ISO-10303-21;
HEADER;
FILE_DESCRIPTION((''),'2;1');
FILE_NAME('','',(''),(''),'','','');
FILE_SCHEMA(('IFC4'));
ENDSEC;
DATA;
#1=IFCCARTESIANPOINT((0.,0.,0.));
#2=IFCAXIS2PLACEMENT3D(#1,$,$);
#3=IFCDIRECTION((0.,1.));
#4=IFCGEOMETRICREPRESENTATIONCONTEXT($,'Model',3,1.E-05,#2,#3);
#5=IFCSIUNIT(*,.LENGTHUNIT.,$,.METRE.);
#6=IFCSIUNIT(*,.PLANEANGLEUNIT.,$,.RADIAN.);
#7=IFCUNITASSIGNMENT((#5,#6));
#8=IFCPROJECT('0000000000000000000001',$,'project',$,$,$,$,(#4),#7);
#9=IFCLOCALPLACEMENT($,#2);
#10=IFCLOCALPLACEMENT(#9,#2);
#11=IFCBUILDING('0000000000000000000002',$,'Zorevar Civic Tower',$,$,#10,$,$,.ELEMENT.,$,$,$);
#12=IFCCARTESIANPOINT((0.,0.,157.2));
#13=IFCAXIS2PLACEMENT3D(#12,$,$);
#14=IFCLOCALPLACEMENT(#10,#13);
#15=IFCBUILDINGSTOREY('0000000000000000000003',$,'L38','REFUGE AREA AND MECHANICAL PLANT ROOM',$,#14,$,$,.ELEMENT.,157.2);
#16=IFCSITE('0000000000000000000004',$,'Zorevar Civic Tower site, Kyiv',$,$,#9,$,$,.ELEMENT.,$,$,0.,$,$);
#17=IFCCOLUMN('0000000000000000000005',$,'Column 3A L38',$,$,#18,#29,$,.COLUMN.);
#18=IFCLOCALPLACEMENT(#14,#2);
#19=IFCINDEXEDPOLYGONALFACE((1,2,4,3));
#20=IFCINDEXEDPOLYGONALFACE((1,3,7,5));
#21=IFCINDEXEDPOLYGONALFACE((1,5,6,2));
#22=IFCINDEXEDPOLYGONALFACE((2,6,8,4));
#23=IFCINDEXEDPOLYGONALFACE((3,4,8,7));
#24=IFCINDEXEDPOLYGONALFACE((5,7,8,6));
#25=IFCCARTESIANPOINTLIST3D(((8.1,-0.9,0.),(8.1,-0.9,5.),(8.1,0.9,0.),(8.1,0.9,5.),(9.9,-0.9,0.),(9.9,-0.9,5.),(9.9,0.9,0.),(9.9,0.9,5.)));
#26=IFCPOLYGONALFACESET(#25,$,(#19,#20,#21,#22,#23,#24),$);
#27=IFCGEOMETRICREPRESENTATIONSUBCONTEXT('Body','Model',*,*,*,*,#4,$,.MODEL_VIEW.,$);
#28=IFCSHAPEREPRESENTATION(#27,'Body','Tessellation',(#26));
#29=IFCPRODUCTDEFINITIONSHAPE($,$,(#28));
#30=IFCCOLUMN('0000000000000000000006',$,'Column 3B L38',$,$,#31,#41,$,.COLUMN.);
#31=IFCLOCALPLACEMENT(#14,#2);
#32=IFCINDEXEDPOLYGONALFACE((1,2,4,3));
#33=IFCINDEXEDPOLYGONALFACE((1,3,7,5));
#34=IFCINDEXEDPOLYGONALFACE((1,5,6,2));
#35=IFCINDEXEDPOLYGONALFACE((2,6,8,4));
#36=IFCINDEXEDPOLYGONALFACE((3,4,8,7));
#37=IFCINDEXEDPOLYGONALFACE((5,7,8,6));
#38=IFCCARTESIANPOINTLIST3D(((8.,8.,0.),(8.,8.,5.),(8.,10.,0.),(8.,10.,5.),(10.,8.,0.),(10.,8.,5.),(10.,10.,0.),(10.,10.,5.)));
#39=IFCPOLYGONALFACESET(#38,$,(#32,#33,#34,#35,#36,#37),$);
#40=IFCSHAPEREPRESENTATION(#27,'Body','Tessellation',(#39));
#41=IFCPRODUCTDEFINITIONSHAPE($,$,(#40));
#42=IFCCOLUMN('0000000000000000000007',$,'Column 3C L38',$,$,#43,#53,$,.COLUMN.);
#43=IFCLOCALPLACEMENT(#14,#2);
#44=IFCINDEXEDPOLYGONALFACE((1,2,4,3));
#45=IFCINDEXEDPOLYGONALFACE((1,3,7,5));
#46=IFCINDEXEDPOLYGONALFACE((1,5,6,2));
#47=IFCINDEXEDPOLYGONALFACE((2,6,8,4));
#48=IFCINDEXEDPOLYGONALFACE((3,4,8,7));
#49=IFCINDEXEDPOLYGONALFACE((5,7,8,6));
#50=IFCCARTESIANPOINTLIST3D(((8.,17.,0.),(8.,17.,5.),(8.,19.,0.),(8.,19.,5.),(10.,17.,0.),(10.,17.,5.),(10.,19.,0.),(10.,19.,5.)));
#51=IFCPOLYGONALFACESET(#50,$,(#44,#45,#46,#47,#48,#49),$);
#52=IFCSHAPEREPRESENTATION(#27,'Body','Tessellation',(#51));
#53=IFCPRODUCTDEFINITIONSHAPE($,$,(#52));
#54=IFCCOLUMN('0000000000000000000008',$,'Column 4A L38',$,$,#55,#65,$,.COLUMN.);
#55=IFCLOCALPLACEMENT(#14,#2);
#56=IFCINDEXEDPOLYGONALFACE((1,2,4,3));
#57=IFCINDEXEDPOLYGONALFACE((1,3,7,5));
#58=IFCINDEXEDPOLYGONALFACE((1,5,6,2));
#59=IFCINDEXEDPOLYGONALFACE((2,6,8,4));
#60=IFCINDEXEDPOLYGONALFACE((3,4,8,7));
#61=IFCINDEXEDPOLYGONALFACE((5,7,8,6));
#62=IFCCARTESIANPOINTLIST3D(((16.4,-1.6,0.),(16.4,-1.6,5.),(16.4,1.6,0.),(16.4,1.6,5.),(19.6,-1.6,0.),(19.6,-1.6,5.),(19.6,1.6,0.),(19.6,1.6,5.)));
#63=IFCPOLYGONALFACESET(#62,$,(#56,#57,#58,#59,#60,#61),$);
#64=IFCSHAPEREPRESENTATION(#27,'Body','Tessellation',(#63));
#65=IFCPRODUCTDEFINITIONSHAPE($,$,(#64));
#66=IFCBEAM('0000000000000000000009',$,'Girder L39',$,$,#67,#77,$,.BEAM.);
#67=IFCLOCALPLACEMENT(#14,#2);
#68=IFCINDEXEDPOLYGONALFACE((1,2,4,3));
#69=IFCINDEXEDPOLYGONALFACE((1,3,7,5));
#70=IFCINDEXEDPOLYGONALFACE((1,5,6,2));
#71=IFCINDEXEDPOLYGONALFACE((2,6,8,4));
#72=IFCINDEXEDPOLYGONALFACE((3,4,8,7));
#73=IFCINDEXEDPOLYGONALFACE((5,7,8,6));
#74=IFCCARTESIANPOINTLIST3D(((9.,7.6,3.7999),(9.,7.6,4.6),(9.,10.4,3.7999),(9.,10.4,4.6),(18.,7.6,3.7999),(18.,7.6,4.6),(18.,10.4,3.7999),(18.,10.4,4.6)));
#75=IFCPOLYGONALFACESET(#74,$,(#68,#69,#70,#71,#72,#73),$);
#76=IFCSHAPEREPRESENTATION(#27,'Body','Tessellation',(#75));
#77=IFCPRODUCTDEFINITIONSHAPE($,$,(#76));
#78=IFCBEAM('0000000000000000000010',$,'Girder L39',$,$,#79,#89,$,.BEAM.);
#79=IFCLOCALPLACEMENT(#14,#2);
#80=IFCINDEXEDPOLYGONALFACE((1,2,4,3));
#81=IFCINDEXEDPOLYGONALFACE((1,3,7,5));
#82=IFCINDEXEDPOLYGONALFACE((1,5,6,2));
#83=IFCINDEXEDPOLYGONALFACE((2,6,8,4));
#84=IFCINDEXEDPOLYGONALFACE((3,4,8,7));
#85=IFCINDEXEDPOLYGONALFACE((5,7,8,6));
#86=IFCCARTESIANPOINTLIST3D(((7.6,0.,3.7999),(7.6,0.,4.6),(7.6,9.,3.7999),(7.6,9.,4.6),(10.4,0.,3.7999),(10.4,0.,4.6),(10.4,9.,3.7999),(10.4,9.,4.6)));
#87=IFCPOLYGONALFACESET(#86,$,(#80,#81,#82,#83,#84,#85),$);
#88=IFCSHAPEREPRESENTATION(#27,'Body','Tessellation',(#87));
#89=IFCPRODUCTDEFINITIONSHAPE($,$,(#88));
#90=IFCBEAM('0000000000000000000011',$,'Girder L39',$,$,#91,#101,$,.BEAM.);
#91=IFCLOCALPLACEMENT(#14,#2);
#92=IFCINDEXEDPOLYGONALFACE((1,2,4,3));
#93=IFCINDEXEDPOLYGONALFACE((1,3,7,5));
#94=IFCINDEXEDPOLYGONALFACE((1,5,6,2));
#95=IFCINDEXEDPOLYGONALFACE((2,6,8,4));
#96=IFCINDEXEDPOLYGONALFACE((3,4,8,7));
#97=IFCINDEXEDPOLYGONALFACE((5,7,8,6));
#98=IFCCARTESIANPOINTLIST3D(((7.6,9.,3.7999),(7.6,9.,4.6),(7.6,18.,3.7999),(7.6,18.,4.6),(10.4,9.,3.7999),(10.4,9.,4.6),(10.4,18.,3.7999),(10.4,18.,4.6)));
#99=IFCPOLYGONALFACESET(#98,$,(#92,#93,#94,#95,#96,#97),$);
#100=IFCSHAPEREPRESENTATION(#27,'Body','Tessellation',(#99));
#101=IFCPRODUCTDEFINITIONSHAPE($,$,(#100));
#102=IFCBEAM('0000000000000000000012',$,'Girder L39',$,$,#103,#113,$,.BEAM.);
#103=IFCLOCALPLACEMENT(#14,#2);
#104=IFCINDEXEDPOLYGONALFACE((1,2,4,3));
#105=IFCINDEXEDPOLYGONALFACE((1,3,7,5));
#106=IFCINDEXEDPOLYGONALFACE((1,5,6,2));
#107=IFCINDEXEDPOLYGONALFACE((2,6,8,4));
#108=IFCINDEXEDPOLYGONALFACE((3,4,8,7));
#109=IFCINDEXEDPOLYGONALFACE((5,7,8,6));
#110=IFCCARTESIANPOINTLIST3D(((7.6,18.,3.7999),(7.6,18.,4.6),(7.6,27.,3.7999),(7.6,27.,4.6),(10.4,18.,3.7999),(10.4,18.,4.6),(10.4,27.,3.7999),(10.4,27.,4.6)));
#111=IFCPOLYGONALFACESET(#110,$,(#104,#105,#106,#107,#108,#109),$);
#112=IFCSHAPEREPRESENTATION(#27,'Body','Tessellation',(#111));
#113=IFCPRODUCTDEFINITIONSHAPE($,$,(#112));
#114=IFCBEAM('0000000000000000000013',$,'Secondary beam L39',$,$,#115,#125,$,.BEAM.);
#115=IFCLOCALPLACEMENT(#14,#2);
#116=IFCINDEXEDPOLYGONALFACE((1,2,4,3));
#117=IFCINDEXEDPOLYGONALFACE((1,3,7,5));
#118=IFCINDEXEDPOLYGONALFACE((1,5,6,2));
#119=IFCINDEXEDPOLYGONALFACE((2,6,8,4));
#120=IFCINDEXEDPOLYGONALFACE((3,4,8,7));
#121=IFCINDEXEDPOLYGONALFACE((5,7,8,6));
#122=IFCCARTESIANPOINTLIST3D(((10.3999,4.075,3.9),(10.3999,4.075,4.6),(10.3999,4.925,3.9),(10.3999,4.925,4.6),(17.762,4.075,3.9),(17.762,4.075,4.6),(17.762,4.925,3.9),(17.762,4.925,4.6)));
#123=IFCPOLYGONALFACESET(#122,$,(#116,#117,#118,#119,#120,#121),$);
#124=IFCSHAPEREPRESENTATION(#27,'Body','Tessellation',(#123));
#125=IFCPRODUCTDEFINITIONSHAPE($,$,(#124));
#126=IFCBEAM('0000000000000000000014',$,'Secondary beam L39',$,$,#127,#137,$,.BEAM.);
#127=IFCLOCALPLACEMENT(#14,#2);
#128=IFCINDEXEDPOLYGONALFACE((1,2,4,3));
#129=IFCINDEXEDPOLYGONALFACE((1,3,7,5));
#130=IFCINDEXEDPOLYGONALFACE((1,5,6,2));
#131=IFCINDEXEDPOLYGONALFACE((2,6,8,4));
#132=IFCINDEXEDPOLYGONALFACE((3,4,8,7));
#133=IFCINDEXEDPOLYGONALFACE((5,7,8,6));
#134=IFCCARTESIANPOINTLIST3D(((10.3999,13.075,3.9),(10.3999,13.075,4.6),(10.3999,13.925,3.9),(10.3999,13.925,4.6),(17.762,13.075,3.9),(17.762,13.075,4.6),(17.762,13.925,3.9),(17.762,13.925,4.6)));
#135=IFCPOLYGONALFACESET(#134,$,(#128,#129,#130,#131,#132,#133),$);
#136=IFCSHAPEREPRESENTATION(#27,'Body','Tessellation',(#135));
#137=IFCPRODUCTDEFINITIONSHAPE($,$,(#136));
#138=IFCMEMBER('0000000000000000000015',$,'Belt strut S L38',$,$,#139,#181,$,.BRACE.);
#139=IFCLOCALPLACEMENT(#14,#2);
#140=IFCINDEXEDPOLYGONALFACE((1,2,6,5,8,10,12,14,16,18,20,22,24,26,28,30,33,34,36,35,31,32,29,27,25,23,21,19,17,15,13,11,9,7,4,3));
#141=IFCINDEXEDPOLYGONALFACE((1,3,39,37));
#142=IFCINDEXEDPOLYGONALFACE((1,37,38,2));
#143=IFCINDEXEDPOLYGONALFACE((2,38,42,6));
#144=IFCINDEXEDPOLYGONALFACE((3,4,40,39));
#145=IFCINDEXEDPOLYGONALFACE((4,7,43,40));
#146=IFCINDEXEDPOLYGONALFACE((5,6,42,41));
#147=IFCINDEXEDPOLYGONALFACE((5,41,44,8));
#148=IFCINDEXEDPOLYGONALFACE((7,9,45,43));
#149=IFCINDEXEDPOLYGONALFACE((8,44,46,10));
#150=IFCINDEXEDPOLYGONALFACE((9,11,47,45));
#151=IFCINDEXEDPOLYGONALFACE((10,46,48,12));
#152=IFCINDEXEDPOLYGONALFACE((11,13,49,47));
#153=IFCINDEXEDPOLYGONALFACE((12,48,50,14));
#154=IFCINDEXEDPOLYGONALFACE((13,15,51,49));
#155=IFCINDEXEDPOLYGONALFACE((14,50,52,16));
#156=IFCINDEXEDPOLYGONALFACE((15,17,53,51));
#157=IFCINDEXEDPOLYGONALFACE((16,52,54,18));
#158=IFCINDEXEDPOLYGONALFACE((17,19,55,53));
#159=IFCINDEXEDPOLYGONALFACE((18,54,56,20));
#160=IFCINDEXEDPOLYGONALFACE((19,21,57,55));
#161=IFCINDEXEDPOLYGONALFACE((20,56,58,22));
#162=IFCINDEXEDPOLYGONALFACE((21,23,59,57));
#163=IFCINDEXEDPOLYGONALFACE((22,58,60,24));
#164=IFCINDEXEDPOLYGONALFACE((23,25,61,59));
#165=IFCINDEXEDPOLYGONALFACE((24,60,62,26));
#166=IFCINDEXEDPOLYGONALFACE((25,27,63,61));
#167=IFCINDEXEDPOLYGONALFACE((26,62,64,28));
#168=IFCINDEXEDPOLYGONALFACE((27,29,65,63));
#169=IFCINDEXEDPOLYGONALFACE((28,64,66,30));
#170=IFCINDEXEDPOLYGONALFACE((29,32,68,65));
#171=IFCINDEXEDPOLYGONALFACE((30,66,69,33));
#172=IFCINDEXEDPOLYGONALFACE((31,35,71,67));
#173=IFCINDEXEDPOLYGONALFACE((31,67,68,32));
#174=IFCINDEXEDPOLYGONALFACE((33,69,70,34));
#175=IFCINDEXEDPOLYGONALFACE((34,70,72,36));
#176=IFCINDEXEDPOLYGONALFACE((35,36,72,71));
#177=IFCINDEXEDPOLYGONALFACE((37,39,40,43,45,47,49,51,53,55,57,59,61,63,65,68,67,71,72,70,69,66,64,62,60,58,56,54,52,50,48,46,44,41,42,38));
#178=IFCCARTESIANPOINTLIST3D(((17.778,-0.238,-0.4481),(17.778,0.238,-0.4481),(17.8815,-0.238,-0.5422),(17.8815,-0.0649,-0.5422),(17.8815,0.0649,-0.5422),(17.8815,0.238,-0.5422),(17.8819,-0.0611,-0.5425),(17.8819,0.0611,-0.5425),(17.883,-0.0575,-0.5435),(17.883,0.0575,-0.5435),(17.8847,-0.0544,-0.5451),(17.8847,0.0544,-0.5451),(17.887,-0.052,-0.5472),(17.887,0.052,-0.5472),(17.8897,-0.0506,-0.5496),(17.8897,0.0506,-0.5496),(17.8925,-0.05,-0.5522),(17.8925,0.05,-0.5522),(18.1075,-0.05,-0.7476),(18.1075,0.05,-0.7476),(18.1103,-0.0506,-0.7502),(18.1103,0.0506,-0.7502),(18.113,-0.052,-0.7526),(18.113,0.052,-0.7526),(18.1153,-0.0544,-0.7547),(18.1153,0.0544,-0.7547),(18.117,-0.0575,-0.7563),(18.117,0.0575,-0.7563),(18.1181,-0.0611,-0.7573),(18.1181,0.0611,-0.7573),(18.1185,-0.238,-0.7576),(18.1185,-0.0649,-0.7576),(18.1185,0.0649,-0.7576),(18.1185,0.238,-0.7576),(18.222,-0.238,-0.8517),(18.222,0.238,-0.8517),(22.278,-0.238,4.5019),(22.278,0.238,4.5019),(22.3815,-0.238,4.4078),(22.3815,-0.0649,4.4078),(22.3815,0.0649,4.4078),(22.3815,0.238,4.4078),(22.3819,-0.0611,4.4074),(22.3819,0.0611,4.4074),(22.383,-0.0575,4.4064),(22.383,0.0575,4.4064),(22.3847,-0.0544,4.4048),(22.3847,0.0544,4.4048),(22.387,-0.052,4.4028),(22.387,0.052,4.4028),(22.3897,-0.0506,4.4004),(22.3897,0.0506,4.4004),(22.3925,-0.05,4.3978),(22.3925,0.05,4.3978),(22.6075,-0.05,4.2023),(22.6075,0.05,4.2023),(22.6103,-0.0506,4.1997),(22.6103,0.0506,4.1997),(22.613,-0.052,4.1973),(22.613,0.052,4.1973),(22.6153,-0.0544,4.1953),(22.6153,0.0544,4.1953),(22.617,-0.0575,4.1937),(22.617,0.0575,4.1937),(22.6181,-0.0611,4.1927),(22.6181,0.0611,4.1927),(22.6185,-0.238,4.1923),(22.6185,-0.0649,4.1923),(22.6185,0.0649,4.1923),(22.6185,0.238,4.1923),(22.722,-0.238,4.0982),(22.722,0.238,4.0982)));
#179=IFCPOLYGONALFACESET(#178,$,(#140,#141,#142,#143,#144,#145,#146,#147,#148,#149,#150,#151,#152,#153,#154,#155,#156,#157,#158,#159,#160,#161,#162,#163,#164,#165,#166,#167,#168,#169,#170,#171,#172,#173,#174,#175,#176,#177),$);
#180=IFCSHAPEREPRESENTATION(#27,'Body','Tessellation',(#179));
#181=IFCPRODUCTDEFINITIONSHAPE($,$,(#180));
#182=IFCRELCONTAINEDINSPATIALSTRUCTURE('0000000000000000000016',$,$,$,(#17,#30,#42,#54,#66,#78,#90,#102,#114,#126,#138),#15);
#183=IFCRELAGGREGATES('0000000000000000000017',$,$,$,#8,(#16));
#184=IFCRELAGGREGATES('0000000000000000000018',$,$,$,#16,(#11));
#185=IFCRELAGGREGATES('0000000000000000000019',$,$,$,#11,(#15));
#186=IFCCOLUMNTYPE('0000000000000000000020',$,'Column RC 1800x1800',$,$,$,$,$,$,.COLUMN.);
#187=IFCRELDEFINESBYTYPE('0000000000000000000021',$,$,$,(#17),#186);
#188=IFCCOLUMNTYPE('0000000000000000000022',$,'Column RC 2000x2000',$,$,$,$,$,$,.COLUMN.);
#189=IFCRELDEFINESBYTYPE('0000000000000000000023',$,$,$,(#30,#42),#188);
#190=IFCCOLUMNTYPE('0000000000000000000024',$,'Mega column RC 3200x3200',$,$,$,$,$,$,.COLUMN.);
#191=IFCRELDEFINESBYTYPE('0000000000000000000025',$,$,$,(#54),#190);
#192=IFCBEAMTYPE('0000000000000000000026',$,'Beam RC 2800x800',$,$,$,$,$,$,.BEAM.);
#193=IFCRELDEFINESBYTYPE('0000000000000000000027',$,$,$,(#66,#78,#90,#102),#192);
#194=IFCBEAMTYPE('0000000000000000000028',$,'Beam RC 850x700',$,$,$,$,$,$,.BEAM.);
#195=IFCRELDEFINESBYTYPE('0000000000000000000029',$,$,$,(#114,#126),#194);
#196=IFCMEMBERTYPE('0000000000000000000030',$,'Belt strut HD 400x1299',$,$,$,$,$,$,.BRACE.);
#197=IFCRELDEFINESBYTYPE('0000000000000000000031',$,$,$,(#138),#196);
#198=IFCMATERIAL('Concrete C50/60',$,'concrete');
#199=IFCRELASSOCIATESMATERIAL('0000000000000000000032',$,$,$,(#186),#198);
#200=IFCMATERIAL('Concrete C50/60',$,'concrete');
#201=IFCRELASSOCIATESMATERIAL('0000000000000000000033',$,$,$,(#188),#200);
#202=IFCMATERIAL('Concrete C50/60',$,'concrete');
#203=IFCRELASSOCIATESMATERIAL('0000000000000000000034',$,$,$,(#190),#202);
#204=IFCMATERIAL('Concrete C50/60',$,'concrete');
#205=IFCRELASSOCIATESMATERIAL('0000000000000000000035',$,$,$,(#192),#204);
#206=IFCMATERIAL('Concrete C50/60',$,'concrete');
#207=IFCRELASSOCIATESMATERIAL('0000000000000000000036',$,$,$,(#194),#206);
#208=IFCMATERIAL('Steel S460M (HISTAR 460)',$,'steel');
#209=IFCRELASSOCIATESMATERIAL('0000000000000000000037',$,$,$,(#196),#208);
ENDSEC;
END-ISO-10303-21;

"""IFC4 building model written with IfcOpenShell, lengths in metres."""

from ifc_helpers import new_model, si_unit, direction, frame, origin, origin_2d, place, context, subcontext, project, spatial, rectangle, i_section, extrude, material, material_profile, profile_set, type_object, element, save


model = new_model("IFC4")

# Units and contexts
model_context = context("Model", 3, precision=1e-05, world=origin(), true_north=direction((0.0, 1.0)))
body_context = subcontext(model_context, "Body", "Model", "MODEL_VIEW")
ifc_project = project(units=[si_unit("LENGTHUNIT", "METRE"), si_unit("PLANEANGLEUNIT", "RADIAN")], contexts=[model_context])

# Site, building, storey
site_placement = place(None, origin())
site = spatial("IfcSite", under=ifc_project, at=site_placement, Name="Zorevar Civic Tower site, Kyiv", CompositionType="ELEMENT", RefElevation=0.0)
building_placement = place(site_placement, origin())
building = spatial("IfcBuilding", under=site, at=building_placement, Name="Zorevar Civic Tower", CompositionType="ELEMENT")
storey_placement = place(building_placement, frame((0.0, 0.0, 157.2)))
storey = spatial("IfcBuildingStorey", under=building, at=storey_placement, Name="L38", Description="REFUGE AREA AND MECHANICAL PLANT ROOM", CompositionType="ELEMENT", Elevation=157.2)

# Columns
ifc_material_1 = material(Name="Concrete C50/60", Category="concrete")
ifc_material_profile_1 = material_profile(ifc_material_1, rectangle(XDim=1.8, YDim=1.8, at=origin_2d()), Name="RC 1800x1800")
ifc_profile_set_1 = profile_set([ifc_material_profile_1], Name="Concrete C50/60")
column_type_1 = type_object("IfcColumnType", Name="Column RC 1800x1800", PredefinedType="COLUMN", material=ifc_profile_set_1)
column_1_placement = place(storey_placement, frame((9.0, 0.0, 0.0), z_axis=(0.0, 0.0, 1.0), x_axis=(1.0, 0.0, 0.0)))
element("IfcColumn", 1, at=column_1_placement, inside=storey, type_object=column_type_1, Name="Column 3A L38", PredefinedType="COLUMN", context=body_context, shape_type="SweptSolid", body=[
    extrude(rectangle(XDim=1.8, YDim=1.8, at=origin_2d()), origin(), (0.0, 0.0, 1.0), 5.0),
])
ifc_material_2 = material(Name="Concrete C50/60", Category="concrete")
ifc_material_profile_2 = material_profile(ifc_material_2, rectangle(XDim=2.0, YDim=2.0, at=origin_2d()), Name="RC 2000x2000")
ifc_profile_set_2 = profile_set([ifc_material_profile_2], Name="Concrete C50/60")
column_type_2 = type_object("IfcColumnType", Name="Column RC 2000x2000", PredefinedType="COLUMN", material=ifc_profile_set_2)
for number, where, z_axis, x_axis, name in (
    (2, (9.0, 9.0, 0.0), (0.0, 0.0, 1.0), (1.0, 0.0, 0.0), "Column 3B L38"),
    (3, (9.0, 18.0, 0.0), (0.0, 0.0, 1.0), (1.0, 0.0, 0.0), "Column 3C L38"),
):
    element("IfcColumn", number, at=place(storey_placement, frame(where, z_axis=z_axis, x_axis=x_axis)), inside=storey, type_object=column_type_2, Name=name, PredefinedType="COLUMN", context=body_context, shape_type="SweptSolid", body=[
        extrude(rectangle(XDim=2.0, YDim=2.0, at=origin_2d()), origin(), (0.0, 0.0, 1.0), 5.0),
    ])
ifc_material_3 = material(Name="Concrete C50/60", Category="concrete")
ifc_material_profile_3 = material_profile(ifc_material_3, rectangle(XDim=3.2, YDim=3.2, at=origin_2d()), Name="RC 3200x3200")
ifc_profile_set_3 = profile_set([ifc_material_profile_3], Name="Concrete C50/60")
column_type_3 = type_object("IfcColumnType", Name="Mega column RC 3200x3200", PredefinedType="COLUMN", material=ifc_profile_set_3)
column_2_placement = place(storey_placement, frame((18.0, 0.0, 0.0), z_axis=(0.0, 0.0, 1.0), x_axis=(1.0, 0.0, 0.0)))
element("IfcColumn", 4, at=column_2_placement, inside=storey, type_object=column_type_3, Name="Column 4A L38", PredefinedType="COLUMN", context=body_context, shape_type="SweptSolid", body=[
    extrude(rectangle(XDim=3.2, YDim=3.2, at=origin_2d()), origin(), (0.0, 0.0, 1.0), 5.0),
])

# Beams
ifc_material_4 = material(Name="Concrete C50/60", Category="concrete")
ifc_material_profile_4 = material_profile(ifc_material_4, rectangle(XDim=2.8, YDim=0.8, at=origin_2d()), Name="RC 2800x800")
ifc_profile_set_4 = profile_set([ifc_material_profile_4], Name="Concrete C50/60")
beam_type_1 = type_object("IfcBeamType", Name="Beam RC 2800x800", PredefinedType="BEAM", material=ifc_profile_set_4)
for number, where, z_axis, x_axis, name in (
    (5, (9.0, 9.0, 4.2), (1.0, 0.0, 0.0), (0.0, 1.0, 0.0), "Girder L39"),
    (6, (9.0, 0.0, 4.2), (0.0, 1.0, 0.0), (-1.0, 0.0, 0.0), "Girder L39"),
    (7, (9.0, 9.0, 4.2), (0.0, 1.0, 0.0), (-1.0, 0.0, 0.0), "Girder L39"),
    (8, (9.0, 18.0, 4.2), (0.0, 1.0, 0.0), (-1.0, 0.0, 0.0), "Girder L39"),
):
    element("IfcBeam", number, at=place(storey_placement, frame(where, z_axis=z_axis, x_axis=x_axis)), inside=storey, type_object=beam_type_1, Name=name, PredefinedType="BEAM", context=body_context, shape_type="SweptSolid", body=[
        extrude(rectangle(XDim=2.8, YDim=0.8, at=origin_2d()), origin(), (0.0, 0.0, 1.0), 9.0),
    ])
ifc_material_5 = material(Name="Concrete C50/60", Category="concrete")
ifc_material_profile_5 = material_profile(ifc_material_5, rectangle(XDim=0.8501, YDim=0.7, at=origin_2d()), Name="RC 850x700")
ifc_profile_set_5 = profile_set([ifc_material_profile_5], Name="Concrete C50/60")
beam_type_2 = type_object("IfcBeamType", Name="Beam RC 850x700", PredefinedType="BEAM", material=ifc_profile_set_5)
for number, where, z_axis, x_axis, name in (
    (9, (10.3999, 4.5, 4.25), (1.0, 0.0, 0.0), (0.0, 1.0, 0.0), "Secondary beam L39"),
    (10, (10.3999, 13.5, 4.25), (1.0, 0.0, 0.0), (0.0, 1.0, 0.0), "Secondary beam L39"),
):
    element("IfcBeam", number, at=place(storey_placement, frame(where, z_axis=z_axis, x_axis=x_axis)), inside=storey, type_object=beam_type_2, Name=name, PredefinedType="BEAM", context=body_context, shape_type="SweptSolid", body=[
        extrude(rectangle(XDim=0.8501, YDim=0.7, at=origin_2d()), origin(), (0.0, 0.0, 1.0), 7.3621),
    ])

# Member
ifc_material_6 = material(Name="Steel S460M (HISTAR 460)", Category="steel")
ifc_material_profile_6 = material_profile(ifc_material_6, i_section(OverallWidth=0.4761, OverallDepth=0.6001, WebThickness=0.1001, FlangeThickness=0.1399, FilletRadius=0.0149, at=origin_2d()), Name="HD 400x1299")
ifc_profile_set_6 = profile_set([ifc_material_profile_6], Name="Steel S460M (HISTAR 460)")
member_type_1 = type_object("IfcMemberType", Name="Belt strut HD 400x1299", PredefinedType="BRACE", material=ifc_profile_set_6)
member_1_placement = place(storey_placement, frame((18.0, 0.0, -0.6499), z_axis=(0.672676, 0.0, 0.739937), x_axis=(0.0, 1.0, 0.0)))
element("IfcMember", 11, at=member_1_placement, inside=storey, type_object=member_type_1, Name="Belt strut S L38", PredefinedType="BRACE", context=body_context, shape_type="SweptSolid", body=[
    extrude(i_section(OverallWidth=0.4761, OverallDepth=0.6001, WebThickness=0.1001, FlangeThickness=0.1399, FilletRadius=0.0149, at=origin_2d()), origin(), (0.0, 0.0, 1.0), 6.6897),
])

save(model, "model.ifc")
